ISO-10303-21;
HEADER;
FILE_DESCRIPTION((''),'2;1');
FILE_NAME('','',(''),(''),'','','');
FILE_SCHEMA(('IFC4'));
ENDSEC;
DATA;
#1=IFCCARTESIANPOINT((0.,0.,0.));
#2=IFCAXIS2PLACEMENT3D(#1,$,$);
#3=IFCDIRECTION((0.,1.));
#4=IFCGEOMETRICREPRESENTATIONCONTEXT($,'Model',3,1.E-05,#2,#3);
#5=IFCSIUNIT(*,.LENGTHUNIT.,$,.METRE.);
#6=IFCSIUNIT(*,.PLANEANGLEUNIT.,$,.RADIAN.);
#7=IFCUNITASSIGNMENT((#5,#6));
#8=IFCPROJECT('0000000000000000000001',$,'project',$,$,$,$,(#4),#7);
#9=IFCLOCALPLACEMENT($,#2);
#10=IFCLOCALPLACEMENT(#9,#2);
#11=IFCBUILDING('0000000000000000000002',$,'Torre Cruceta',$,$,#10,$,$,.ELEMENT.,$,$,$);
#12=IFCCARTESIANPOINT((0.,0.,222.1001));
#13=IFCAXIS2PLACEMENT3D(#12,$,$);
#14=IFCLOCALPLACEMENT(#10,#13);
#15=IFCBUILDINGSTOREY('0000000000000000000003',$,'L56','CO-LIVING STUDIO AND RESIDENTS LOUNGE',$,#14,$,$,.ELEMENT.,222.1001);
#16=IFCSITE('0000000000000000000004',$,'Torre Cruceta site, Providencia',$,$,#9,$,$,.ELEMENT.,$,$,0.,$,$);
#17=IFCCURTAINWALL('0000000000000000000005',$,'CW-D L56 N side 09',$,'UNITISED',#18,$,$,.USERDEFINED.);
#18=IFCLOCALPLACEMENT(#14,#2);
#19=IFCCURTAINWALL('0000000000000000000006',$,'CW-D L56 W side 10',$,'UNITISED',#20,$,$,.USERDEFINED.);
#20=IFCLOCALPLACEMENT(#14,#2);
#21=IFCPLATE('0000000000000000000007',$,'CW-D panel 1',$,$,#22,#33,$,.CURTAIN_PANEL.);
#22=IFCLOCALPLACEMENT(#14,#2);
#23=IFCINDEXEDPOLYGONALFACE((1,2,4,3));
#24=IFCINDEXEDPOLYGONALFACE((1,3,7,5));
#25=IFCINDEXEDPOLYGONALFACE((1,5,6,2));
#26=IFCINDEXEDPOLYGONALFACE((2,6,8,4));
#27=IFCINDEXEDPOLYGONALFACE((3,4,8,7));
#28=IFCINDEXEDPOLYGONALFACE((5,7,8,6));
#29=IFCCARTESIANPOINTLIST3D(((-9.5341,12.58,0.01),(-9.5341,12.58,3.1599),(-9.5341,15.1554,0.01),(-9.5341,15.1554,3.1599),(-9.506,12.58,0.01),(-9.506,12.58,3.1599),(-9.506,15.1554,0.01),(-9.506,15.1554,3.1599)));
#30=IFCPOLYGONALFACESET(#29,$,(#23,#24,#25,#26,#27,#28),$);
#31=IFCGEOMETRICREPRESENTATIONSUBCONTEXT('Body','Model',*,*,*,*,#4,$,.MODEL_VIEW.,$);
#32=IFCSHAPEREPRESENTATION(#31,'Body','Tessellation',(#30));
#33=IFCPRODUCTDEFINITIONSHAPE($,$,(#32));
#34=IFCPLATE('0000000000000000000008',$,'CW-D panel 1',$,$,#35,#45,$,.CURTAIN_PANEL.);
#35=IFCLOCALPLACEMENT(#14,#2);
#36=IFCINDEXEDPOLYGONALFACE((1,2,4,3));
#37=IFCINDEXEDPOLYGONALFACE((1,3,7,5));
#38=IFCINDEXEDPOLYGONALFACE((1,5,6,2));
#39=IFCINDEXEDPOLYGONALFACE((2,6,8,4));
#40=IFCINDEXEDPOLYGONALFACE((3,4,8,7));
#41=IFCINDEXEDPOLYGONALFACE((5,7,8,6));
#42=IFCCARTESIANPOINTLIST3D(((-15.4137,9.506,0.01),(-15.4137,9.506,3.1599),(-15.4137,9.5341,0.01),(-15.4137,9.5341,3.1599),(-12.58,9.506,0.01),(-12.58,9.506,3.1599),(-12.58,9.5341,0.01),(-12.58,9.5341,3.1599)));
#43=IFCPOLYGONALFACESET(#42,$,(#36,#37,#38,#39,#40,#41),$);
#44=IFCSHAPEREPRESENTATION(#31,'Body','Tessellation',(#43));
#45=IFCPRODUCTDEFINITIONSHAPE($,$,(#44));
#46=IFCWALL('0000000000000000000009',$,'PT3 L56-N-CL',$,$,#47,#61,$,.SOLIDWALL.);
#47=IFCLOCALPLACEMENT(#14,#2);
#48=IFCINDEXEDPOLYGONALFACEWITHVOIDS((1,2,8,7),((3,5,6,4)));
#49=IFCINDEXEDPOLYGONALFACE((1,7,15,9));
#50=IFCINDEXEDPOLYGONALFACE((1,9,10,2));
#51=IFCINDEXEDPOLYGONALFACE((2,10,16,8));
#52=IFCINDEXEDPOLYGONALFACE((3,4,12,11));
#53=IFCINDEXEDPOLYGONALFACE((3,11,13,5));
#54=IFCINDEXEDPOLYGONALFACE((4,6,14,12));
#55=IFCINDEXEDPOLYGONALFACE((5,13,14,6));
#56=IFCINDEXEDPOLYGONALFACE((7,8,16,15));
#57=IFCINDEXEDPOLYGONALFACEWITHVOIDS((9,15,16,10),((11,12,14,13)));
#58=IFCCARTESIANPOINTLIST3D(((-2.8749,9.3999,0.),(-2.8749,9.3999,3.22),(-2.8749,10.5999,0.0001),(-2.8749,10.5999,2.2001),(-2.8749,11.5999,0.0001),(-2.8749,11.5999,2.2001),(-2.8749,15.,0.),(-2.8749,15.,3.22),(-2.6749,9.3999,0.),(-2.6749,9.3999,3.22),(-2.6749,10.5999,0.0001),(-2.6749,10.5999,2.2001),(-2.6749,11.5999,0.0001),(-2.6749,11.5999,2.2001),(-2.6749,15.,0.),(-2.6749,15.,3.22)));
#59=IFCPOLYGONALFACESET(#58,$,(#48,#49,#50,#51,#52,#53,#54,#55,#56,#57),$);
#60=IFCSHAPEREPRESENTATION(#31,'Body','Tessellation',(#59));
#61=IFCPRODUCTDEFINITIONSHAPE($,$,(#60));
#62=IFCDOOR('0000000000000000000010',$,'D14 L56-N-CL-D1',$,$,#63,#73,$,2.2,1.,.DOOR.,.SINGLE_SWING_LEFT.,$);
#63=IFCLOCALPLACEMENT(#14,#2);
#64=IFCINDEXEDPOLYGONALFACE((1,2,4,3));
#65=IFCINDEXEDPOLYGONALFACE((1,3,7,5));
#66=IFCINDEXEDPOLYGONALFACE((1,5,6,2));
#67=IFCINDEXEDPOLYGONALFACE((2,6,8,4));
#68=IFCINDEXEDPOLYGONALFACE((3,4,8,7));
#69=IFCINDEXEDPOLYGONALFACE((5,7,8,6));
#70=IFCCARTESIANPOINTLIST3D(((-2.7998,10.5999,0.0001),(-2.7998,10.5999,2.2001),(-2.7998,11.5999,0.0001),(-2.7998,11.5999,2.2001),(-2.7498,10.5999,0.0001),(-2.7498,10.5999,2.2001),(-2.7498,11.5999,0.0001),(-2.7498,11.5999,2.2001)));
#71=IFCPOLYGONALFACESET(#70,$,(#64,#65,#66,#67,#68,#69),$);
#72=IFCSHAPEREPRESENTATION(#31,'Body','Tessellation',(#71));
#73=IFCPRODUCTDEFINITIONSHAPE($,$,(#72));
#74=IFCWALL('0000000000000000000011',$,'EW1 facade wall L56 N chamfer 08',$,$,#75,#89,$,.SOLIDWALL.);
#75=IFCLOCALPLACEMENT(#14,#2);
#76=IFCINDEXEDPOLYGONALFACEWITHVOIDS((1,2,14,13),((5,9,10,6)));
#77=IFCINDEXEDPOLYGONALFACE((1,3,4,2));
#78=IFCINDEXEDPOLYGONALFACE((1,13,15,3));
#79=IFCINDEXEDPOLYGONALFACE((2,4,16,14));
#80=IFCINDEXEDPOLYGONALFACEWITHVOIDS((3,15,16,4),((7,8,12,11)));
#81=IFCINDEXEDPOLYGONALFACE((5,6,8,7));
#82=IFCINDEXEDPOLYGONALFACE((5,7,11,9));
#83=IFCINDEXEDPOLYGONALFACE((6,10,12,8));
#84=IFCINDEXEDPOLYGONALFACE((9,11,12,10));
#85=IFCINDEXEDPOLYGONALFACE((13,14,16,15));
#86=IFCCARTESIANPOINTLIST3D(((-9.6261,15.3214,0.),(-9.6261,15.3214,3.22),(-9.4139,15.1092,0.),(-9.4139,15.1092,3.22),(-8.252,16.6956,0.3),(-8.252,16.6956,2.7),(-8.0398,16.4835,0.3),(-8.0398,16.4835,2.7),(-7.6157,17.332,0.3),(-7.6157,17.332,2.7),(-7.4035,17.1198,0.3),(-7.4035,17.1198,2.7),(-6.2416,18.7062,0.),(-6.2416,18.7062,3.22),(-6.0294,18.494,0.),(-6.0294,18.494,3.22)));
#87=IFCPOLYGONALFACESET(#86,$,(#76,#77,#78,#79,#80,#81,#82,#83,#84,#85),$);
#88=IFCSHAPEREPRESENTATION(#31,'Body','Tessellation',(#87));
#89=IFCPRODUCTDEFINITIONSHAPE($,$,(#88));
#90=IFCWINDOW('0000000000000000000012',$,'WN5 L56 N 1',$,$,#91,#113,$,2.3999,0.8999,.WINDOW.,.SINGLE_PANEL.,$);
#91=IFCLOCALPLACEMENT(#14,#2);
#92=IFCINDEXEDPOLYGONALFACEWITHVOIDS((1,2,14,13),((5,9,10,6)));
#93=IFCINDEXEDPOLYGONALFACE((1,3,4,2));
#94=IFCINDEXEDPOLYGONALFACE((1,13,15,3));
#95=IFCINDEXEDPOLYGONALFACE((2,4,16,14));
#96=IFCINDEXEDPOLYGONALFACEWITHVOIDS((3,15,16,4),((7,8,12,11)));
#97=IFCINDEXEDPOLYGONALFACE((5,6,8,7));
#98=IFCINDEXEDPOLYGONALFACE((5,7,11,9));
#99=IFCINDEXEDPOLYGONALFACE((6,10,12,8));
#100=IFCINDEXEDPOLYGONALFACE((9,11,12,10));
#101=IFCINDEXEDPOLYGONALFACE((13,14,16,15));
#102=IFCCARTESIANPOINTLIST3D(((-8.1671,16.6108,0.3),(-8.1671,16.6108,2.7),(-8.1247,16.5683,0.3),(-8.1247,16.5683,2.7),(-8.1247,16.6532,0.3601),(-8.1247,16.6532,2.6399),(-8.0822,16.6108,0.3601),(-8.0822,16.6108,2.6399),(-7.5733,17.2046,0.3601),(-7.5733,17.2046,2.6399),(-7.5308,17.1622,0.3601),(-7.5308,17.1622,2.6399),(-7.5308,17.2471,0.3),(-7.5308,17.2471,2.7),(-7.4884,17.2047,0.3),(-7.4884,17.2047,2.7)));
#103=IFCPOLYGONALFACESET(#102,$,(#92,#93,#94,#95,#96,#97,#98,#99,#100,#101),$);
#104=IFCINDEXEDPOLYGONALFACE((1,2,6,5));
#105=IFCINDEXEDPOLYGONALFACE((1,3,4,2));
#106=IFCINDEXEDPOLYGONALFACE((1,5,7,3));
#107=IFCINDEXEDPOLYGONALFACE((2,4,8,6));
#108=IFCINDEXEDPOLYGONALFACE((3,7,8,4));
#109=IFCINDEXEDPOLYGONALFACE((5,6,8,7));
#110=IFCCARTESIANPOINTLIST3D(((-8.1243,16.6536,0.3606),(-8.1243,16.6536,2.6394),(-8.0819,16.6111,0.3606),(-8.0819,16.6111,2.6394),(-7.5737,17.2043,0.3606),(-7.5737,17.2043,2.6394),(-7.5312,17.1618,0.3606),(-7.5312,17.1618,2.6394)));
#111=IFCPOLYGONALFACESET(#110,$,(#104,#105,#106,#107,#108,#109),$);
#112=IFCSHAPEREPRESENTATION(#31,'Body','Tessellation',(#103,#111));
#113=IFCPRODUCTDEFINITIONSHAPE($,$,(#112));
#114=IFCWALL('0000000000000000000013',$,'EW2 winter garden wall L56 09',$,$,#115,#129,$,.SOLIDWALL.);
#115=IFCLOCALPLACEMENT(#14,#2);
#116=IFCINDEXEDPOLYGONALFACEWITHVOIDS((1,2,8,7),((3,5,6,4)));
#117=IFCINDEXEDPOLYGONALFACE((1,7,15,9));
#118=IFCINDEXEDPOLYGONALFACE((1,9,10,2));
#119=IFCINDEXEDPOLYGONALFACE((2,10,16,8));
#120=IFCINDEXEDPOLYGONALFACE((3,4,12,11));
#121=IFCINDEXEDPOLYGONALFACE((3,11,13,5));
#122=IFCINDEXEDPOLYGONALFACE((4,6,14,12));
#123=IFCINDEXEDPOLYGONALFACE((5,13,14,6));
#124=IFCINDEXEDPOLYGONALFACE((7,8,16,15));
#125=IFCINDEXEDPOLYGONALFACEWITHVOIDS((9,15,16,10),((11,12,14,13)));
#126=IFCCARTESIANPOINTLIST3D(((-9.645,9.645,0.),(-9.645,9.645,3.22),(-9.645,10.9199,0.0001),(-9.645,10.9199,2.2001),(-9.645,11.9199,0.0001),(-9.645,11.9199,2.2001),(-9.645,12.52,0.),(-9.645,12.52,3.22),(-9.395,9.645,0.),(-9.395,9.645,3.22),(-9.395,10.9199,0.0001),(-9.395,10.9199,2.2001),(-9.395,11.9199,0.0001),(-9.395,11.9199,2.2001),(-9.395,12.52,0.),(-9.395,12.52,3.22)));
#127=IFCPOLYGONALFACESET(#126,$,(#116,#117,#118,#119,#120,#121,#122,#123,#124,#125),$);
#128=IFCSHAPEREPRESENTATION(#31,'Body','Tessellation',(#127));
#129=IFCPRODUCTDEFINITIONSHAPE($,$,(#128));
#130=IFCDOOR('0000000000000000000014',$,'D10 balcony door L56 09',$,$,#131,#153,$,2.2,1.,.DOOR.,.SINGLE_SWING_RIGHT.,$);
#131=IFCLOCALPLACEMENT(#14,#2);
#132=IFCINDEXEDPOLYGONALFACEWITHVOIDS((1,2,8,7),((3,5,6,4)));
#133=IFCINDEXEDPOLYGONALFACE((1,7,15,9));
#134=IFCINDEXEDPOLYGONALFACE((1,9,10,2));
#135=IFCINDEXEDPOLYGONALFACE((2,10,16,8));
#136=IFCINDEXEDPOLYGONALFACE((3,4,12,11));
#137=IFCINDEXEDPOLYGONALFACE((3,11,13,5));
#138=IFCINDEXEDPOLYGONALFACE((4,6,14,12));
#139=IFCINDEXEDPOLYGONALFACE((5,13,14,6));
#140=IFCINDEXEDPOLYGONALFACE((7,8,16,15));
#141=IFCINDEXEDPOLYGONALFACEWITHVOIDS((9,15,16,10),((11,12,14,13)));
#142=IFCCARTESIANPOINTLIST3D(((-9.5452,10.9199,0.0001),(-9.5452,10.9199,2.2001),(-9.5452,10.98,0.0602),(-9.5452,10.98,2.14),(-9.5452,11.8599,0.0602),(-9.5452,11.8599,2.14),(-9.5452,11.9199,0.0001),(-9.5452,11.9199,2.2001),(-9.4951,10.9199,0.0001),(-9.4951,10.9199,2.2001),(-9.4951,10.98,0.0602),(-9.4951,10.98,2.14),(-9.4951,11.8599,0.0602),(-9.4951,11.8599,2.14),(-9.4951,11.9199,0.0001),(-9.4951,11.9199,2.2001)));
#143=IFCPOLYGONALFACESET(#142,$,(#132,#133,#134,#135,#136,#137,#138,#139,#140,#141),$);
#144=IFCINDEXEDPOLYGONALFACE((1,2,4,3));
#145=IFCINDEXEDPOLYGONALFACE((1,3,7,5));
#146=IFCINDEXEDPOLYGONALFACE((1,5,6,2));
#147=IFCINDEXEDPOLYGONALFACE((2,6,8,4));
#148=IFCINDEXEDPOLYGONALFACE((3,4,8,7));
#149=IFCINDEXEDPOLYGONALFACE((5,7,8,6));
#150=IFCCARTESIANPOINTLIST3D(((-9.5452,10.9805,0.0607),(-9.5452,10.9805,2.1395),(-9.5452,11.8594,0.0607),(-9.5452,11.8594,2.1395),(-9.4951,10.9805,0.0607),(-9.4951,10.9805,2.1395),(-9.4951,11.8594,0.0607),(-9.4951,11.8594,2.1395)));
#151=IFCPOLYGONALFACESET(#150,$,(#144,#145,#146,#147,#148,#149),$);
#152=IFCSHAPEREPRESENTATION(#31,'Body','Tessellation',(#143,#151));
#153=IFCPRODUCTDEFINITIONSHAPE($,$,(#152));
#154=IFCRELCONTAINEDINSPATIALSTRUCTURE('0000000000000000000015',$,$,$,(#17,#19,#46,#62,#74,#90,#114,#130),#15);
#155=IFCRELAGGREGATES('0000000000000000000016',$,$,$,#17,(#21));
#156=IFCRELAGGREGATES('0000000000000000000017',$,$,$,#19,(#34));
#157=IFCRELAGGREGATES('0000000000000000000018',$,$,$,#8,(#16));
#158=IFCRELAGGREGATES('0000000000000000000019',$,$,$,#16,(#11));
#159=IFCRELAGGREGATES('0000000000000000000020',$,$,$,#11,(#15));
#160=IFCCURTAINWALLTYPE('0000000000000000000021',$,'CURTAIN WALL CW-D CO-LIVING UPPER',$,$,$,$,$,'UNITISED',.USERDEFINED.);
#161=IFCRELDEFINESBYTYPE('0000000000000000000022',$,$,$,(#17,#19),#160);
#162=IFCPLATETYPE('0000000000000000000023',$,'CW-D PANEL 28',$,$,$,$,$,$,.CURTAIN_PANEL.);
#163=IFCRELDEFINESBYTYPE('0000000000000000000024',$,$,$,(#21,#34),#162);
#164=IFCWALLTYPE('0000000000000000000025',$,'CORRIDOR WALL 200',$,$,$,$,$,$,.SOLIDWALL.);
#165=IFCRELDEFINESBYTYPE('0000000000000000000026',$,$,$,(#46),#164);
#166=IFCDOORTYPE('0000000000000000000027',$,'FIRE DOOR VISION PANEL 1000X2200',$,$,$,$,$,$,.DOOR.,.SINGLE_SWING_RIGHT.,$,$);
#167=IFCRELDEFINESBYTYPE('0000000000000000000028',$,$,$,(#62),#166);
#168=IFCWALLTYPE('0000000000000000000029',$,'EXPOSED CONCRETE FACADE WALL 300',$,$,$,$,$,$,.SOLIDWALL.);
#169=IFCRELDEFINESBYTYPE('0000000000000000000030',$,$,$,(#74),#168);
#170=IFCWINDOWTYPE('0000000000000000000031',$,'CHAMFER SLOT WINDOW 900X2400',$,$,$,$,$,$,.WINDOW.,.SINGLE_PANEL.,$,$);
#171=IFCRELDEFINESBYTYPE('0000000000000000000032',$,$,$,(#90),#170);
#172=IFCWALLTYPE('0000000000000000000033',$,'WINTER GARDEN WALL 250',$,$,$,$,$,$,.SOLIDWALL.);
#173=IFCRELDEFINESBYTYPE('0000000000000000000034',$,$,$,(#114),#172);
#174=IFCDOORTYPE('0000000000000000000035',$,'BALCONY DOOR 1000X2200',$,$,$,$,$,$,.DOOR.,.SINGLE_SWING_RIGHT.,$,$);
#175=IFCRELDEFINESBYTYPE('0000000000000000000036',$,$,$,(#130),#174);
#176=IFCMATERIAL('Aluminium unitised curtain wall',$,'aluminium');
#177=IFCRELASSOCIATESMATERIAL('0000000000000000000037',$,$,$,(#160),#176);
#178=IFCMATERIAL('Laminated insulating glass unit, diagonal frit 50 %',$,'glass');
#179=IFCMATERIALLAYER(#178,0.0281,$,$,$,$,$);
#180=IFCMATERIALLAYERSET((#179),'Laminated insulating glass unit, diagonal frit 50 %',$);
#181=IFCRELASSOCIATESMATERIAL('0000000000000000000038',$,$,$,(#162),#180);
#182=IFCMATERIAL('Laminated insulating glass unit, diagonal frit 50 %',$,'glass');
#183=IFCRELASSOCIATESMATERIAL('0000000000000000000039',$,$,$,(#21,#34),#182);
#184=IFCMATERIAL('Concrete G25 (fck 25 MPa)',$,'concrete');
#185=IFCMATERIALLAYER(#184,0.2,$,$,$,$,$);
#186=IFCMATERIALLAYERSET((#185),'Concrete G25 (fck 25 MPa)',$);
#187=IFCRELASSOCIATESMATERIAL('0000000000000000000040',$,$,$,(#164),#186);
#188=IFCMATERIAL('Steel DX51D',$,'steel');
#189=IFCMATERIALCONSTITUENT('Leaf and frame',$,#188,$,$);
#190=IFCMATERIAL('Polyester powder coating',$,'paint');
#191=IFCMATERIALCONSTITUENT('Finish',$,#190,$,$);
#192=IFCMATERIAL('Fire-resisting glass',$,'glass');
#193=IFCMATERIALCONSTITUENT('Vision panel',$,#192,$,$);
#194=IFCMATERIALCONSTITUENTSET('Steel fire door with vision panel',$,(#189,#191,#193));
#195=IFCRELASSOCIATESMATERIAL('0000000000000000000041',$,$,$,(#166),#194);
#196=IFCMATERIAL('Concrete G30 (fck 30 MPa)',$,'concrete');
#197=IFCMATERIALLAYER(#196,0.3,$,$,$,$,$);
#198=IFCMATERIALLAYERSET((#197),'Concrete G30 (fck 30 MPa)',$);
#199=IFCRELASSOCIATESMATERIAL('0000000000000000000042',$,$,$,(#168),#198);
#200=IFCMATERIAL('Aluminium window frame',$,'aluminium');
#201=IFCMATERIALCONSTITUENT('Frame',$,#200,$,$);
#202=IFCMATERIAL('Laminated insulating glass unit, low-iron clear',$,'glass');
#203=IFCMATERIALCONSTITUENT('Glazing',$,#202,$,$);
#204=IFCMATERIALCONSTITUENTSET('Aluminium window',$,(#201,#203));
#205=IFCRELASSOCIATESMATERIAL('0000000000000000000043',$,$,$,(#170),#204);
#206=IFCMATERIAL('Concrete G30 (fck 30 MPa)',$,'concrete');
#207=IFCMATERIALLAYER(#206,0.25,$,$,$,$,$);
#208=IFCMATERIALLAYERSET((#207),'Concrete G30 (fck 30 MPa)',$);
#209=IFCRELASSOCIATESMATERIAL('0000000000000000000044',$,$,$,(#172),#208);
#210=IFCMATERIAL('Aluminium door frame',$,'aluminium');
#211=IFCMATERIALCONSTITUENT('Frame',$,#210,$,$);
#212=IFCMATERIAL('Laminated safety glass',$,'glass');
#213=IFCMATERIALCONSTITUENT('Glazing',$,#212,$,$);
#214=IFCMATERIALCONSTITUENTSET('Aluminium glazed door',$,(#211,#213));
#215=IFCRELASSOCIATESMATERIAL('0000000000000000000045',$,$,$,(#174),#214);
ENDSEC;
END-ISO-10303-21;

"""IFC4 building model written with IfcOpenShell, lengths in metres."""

from ifc_helpers import new_model, si_unit, direction, frame, frame_2d, origin, origin_2d, place, context, subcontext, project, spatial, rectangle, hollow_rectangle, extrude, material, layer, layer_set, constituent, constituent_set, type_object, element, fill, aggregate, save


model = new_model("IFC4")

# Units and contexts
model_context = context("Model", 3, precision=1e-05, world=origin(), true_north=direction((0.0, 1.0)))
body_context = subcontext(model_context, "Body", "Model", "MODEL_VIEW")
ifc_project = project(units=[si_unit("LENGTHUNIT", "METRE"), si_unit("PLANEANGLEUNIT", "RADIAN")], contexts=[model_context])

# Site, building, storey
site_placement = place(None, origin())
site = spatial("IfcSite", under=ifc_project, at=site_placement, Name="Torre Cruceta site, Providencia", CompositionType="ELEMENT", RefElevation=0.0)
building_placement = place(site_placement, origin())
building = spatial("IfcBuilding", under=site, at=building_placement, Name="Torre Cruceta", CompositionType="ELEMENT")
storey_placement = place(building_placement, frame((0.0, 0.0, 222.1001)))
storey = spatial("IfcBuildingStorey", under=building, at=storey_placement, Name="L56", Description="CO-LIVING STUDIO AND RESIDENTS LOUNGE", CompositionType="ELEMENT", Elevation=222.1001)

# Curtain wall
ifc_material_1 = material(Name="Aluminium unitised curtain wall", Category="aluminium")
curtain_wall_type = type_object("IfcCurtainWallType", Name="CURTAIN WALL CW-D CO-LIVING UPPER", ElementType="UNITISED", PredefinedType="USERDEFINED", material=ifc_material_1)
curtain_wall_1_placement = place(storey_placement, origin())
curtain_wall_1 = element("IfcCurtainWall", 1, at=curtain_wall_1_placement, inside=storey, type_object=curtain_wall_type, Name="CW-D L56 N side 09", ObjectType="UNITISED", PredefinedType="USERDEFINED")

# Curtain wall
curtain_wall_2_placement = place(storey_placement, origin())
curtain_wall_2 = element("IfcCurtainWall", 2, at=curtain_wall_2_placement, inside=storey, type_object=curtain_wall_type, Name="CW-D L56 W side 10", ObjectType="UNITISED", PredefinedType="USERDEFINED")

# Plates
ifc_material_2 = material(Name="Laminated insulating glass unit, diagonal frit 50 %", Category="glass")
ifc_material_3 = material(Name="Laminated insulating glass unit, diagonal frit 50 %", Category="glass")
ifc_layer_1 = layer(ifc_material_3, 0.0281)
ifc_layer_set_1 = layer_set([ifc_layer_1], Name="Laminated insulating glass unit, diagonal frit 50 %")
plate_type = type_object("IfcPlateType", Name="CW-D PANEL 28", PredefinedType="CURTAIN_PANEL", material=ifc_layer_set_1)
plate_1_placement = place(storey_placement, frame((-9.52, 13.8677, 0.01), z_axis=(0.0, 0.0, 1.0), x_axis=(0.0, -1.0, 0.0)))
plate_1 = element("IfcPlate", 3, at=plate_1_placement, type_object=plate_type, material=ifc_material_2, Name="CW-D panel 1", PredefinedType="CURTAIN_PANEL", context=body_context, shape_type="SweptSolid", body=[
    extrude(rectangle(XDim=2.5754, YDim=0.0281, at=origin_2d()), origin(), (0.0, 0.0, 1.0), 3.1499),
])
aggregate(curtain_wall_1, [plate_1])
plate_2_placement = place(storey_placement, frame((-13.9968, 9.52, 0.01), z_axis=(0.0, 0.0, 1.0), x_axis=(-1.0, 0.0, 0.0)))
plate_2 = element("IfcPlate", 4, at=plate_2_placement, type_object=plate_type, material=ifc_material_2, Name="CW-D panel 1", PredefinedType="CURTAIN_PANEL", context=body_context, shape_type="SweptSolid", body=[
    extrude(rectangle(XDim=2.8337, YDim=0.0281, at=origin_2d()), origin(), (0.0, 0.0, 1.0), 3.1499),
])
aggregate(curtain_wall_2, [plate_2])

# Wall, opening, door
ifc_material_4 = material(Name="Concrete G25 (fck 25 MPa)", Category="concrete")
ifc_layer_2 = layer(ifc_material_4, 0.2)
ifc_layer_set_2 = layer_set([ifc_layer_2], Name="Concrete G25 (fck 25 MPa)")
wall_type_1 = type_object("IfcWallType", Name="CORRIDOR WALL 200", PredefinedType="SOLIDWALL", material=ifc_layer_set_2)
wall_1_placement = place(storey_placement, frame((-2.7749, 9.3999, 0.0), z_axis=(0.0, 0.0, 1.0), x_axis=(0.0, 1.0, 0.0)))
wall_1 = element("IfcWall", 5, at=wall_1_placement, inside=storey, type_object=wall_type_1, Name="PT3 L56-N-CL", PredefinedType="SOLIDWALL", context=body_context, shape_type="SweptSolid", body=[
    extrude(rectangle(XDim=5.6001, YDim=0.2, at=frame_2d((2.8, 0.0))), origin(), (0.0, 0.0, 1.0), 3.22),
])
opening_1_placement = place(wall_1_placement, frame((1.2, 0.0, 0.0)))
opening_1 = element("IfcOpeningElement", 6, at=opening_1_placement, cuts=wall_1, PredefinedType="OPENING", context=body_context, shape_type="SweptSolid", body=[
    extrude(rectangle(XDim=1.0, YDim=2.2, at=frame_2d((0.5, 1.1001))), frame((0.0, 0.1099, 0.0), z_axis=(0.0, -1.0, 0.0), x_axis=(1.0, 0.0, 0.0)), (0.0, 0.0, 1.0), 0.22),
])
ifc_material_5 = material(Name="Steel DX51D", Category="steel")
ifc_constituent_1 = constituent(ifc_material_5, Name="Leaf and frame")
ifc_material_6 = material(Name="Polyester powder coating", Category="paint")
ifc_constituent_2 = constituent(ifc_material_6, Name="Finish")
ifc_material_7 = material(Name="Fire-resisting glass", Category="glass")
ifc_constituent_3 = constituent(ifc_material_7, Name="Vision panel")
ifc_constituent_set_1 = constituent_set(constituents=[ifc_constituent_1, ifc_constituent_2, ifc_constituent_3], Name="Steel fire door with vision panel")
door_type_1 = type_object("IfcDoorType", Name="FIRE DOOR VISION PANEL 1000X2200", OperationType="SINGLE_SWING_RIGHT", PredefinedType="DOOR", material=ifc_constituent_set_1)
door_1_placement = place(opening_1_placement, origin())
door_1 = element("IfcDoor", 7, at=door_1_placement, inside=storey, type_object=door_type_1, Name="D14 L56-N-CL-D1", OperationType="SINGLE_SWING_LEFT", OverallHeight=2.2, OverallWidth=1.0, PredefinedType="DOOR", context=body_context, shape_type="SweptSolid", body=[
    extrude(rectangle(XDim=1.0, YDim=2.2, at=frame_2d((0.5, 1.1001))), frame((0.0, 0.0249, 0.0), z_axis=(0.0, -1.0, 0.0), x_axis=(1.0, 0.0, 0.0)), (0.0, 0.0, 1.0), 0.05),
])
fill(opening_1, door_1)

# Wall, opening, window
ifc_material_8 = material(Name="Concrete G30 (fck 30 MPa)", Category="concrete")
ifc_layer_3 = layer(ifc_material_8, 0.3)
ifc_layer_set_3 = layer_set([ifc_layer_3], Name="Concrete G30 (fck 30 MPa)")
wall_type_2 = type_object("IfcWallType", Name="EXPOSED CONCRETE FACADE WALL 300", PredefinedType="SOLIDWALL", material=ifc_layer_set_3)
wall_2_placement = place(storey_placement, frame((-6.1355, 18.6001, 0.0), z_axis=(0.0, 0.0, 1.0), x_axis=(-0.707081, -0.707132, 0.0)))
wall_2 = element("IfcWall", 8, at=wall_2_placement, inside=storey, type_object=wall_type_2, Name="EW1 facade wall L56 N chamfer 08", PredefinedType="SOLIDWALL", context=body_context, shape_type="SweptSolid", body=[
    extrude(rectangle(XDim=4.7866, YDim=0.3, at=frame_2d((2.3933, 0.0))), origin(), (0.0, 0.0, 1.0), 3.22),
])
opening_2_placement = place(wall_2_placement, frame((1.9434, 0.0, 0.3)))
opening_2 = element("IfcOpeningElement", 9, at=opening_2_placement, cuts=wall_2, PredefinedType="OPENING", context=body_context, shape_type="SweptSolid", body=[
    extrude(rectangle(XDim=0.8999, YDim=2.3999, at=frame_2d((0.45, 1.2))), frame((0.0, 0.1599, 0.0), z_axis=(0.0, -1.0, 0.0), x_axis=(1.0, 0.0, 0.0)), (0.0, 0.0, 1.0), 0.3201),
])
ifc_material_9 = material(Name="Aluminium window frame", Category="aluminium")
ifc_constituent_4 = constituent(ifc_material_9, Name="Frame")
ifc_material_10 = material(Name="Laminated insulating glass unit, low-iron clear", Category="glass")
ifc_constituent_5 = constituent(ifc_material_10, Name="Glazing")
ifc_constituent_set_2 = constituent_set(constituents=[ifc_constituent_4, ifc_constituent_5], Name="Aluminium window")
window_type = type_object("IfcWindowType", Name="CHAMFER SLOT WINDOW 900X2400", PartitioningType="SINGLE_PANEL", PredefinedType="WINDOW", material=ifc_constituent_set_2)
window_placement = place(opening_2_placement, origin())
window = element("IfcWindow", 10, at=window_placement, inside=storey, type_object=window_type, Name="WN5 L56 N 1", OverallHeight=2.3999, OverallWidth=0.8999, PartitioningType="SINGLE_PANEL", PredefinedType="WINDOW", context=body_context, shape_type="SweptSolid", body=[
    extrude(hollow_rectangle(XDim=0.8999, YDim=2.3999, WallThickness=0.0601, at=frame_2d((0.45, 1.2))), frame((0.0, 0.03, 0.0), z_axis=(0.0, -1.0, 0.0), x_axis=(1.0, 0.0, 0.0)), (0.0, 0.0, 1.0), 0.0601),
    extrude(rectangle(XDim=0.7788, YDim=2.2788, at=frame_2d((0.45, 1.2))), frame((0.0, 0.03, 0.0), z_axis=(0.0, -1.0, 0.0), x_axis=(1.0, 0.0, 0.0)), (0.0, 0.0, 1.0), 0.0601),
])
fill(opening_2, window)

# Wall, opening, door
ifc_material_11 = material(Name="Concrete G30 (fck 30 MPa)", Category="concrete")
ifc_layer_4 = layer(ifc_material_11, 0.25)
ifc_layer_set_4 = layer_set([ifc_layer_4], Name="Concrete G30 (fck 30 MPa)")
wall_type_3 = type_object("IfcWallType", Name="WINTER GARDEN WALL 250", PredefinedType="SOLIDWALL", material=ifc_layer_set_4)
wall_3_placement = place(storey_placement, frame((-9.52, 12.52, 0.0), z_axis=(0.0, 0.0, 1.0), x_axis=(0.0, -1.0, 0.0)))
wall_3 = element("IfcWall", 11, at=wall_3_placement, inside=storey, type_object=wall_type_3, Name="EW2 winter garden wall L56 09", PredefinedType="SOLIDWALL", context=body_context, shape_type="SweptSolid", body=[
    extrude(rectangle(XDim=2.875, YDim=0.25, at=frame_2d((1.4375, 0.0))), origin(), (0.0, 0.0, 1.0), 3.22),
])
opening_3_placement = place(wall_3_placement, frame((0.6001, 0.0, 0.0)))
opening_3 = element("IfcOpeningElement", 12, at=opening_3_placement, cuts=wall_3, PredefinedType="OPENING", context=body_context, shape_type="SweptSolid", body=[
    extrude(rectangle(XDim=1.0, YDim=2.2, at=frame_2d((0.5, 1.1001))), frame((0.0, 0.135, 0.0), z_axis=(0.0, -1.0, 0.0), x_axis=(1.0, 0.0, 0.0)), (0.0, 0.0, 1.0), 0.27),
])
ifc_material_12 = material(Name="Aluminium door frame", Category="aluminium")
ifc_constituent_6 = constituent(ifc_material_12, Name="Frame")
ifc_material_13 = material(Name="Laminated safety glass", Category="glass")
ifc_constituent_7 = constituent(ifc_material_13, Name="Glazing")
ifc_constituent_set_3 = constituent_set(constituents=[ifc_constituent_6, ifc_constituent_7], Name="Aluminium glazed door")
door_type_2 = type_object("IfcDoorType", Name="BALCONY DOOR 1000X2200", OperationType="SINGLE_SWING_RIGHT", PredefinedType="DOOR", material=ifc_constituent_set_3)
door_2_placement = place(opening_3_placement, origin())
door_2 = element("IfcDoor", 13, at=door_2_placement, inside=storey, type_object=door_type_2, Name="D10 balcony door L56 09", OperationType="SINGLE_SWING_RIGHT", OverallHeight=2.2, OverallWidth=1.0, PredefinedType="DOOR", context=body_context, shape_type="SweptSolid", body=[
    extrude(hollow_rectangle(XDim=1.0, YDim=2.2, WallThickness=0.0601, at=frame_2d((0.5, 1.1001))), frame((0.0, 0.0249, 0.0), z_axis=(0.0, -1.0, 0.0), x_axis=(1.0, 0.0, 0.0)), (0.0, 0.0, 1.0), 0.05),
    extrude(rectangle(XDim=0.8789, YDim=2.0789, at=frame_2d((0.5, 1.1001))), frame((0.0, 0.0249, 0.0), z_axis=(0.0, -1.0, 0.0), x_axis=(1.0, 0.0, 0.0)), (0.0, 0.0, 1.0), 0.05),
])
fill(opening_3, door_2)

save(model, "model.ifc")
